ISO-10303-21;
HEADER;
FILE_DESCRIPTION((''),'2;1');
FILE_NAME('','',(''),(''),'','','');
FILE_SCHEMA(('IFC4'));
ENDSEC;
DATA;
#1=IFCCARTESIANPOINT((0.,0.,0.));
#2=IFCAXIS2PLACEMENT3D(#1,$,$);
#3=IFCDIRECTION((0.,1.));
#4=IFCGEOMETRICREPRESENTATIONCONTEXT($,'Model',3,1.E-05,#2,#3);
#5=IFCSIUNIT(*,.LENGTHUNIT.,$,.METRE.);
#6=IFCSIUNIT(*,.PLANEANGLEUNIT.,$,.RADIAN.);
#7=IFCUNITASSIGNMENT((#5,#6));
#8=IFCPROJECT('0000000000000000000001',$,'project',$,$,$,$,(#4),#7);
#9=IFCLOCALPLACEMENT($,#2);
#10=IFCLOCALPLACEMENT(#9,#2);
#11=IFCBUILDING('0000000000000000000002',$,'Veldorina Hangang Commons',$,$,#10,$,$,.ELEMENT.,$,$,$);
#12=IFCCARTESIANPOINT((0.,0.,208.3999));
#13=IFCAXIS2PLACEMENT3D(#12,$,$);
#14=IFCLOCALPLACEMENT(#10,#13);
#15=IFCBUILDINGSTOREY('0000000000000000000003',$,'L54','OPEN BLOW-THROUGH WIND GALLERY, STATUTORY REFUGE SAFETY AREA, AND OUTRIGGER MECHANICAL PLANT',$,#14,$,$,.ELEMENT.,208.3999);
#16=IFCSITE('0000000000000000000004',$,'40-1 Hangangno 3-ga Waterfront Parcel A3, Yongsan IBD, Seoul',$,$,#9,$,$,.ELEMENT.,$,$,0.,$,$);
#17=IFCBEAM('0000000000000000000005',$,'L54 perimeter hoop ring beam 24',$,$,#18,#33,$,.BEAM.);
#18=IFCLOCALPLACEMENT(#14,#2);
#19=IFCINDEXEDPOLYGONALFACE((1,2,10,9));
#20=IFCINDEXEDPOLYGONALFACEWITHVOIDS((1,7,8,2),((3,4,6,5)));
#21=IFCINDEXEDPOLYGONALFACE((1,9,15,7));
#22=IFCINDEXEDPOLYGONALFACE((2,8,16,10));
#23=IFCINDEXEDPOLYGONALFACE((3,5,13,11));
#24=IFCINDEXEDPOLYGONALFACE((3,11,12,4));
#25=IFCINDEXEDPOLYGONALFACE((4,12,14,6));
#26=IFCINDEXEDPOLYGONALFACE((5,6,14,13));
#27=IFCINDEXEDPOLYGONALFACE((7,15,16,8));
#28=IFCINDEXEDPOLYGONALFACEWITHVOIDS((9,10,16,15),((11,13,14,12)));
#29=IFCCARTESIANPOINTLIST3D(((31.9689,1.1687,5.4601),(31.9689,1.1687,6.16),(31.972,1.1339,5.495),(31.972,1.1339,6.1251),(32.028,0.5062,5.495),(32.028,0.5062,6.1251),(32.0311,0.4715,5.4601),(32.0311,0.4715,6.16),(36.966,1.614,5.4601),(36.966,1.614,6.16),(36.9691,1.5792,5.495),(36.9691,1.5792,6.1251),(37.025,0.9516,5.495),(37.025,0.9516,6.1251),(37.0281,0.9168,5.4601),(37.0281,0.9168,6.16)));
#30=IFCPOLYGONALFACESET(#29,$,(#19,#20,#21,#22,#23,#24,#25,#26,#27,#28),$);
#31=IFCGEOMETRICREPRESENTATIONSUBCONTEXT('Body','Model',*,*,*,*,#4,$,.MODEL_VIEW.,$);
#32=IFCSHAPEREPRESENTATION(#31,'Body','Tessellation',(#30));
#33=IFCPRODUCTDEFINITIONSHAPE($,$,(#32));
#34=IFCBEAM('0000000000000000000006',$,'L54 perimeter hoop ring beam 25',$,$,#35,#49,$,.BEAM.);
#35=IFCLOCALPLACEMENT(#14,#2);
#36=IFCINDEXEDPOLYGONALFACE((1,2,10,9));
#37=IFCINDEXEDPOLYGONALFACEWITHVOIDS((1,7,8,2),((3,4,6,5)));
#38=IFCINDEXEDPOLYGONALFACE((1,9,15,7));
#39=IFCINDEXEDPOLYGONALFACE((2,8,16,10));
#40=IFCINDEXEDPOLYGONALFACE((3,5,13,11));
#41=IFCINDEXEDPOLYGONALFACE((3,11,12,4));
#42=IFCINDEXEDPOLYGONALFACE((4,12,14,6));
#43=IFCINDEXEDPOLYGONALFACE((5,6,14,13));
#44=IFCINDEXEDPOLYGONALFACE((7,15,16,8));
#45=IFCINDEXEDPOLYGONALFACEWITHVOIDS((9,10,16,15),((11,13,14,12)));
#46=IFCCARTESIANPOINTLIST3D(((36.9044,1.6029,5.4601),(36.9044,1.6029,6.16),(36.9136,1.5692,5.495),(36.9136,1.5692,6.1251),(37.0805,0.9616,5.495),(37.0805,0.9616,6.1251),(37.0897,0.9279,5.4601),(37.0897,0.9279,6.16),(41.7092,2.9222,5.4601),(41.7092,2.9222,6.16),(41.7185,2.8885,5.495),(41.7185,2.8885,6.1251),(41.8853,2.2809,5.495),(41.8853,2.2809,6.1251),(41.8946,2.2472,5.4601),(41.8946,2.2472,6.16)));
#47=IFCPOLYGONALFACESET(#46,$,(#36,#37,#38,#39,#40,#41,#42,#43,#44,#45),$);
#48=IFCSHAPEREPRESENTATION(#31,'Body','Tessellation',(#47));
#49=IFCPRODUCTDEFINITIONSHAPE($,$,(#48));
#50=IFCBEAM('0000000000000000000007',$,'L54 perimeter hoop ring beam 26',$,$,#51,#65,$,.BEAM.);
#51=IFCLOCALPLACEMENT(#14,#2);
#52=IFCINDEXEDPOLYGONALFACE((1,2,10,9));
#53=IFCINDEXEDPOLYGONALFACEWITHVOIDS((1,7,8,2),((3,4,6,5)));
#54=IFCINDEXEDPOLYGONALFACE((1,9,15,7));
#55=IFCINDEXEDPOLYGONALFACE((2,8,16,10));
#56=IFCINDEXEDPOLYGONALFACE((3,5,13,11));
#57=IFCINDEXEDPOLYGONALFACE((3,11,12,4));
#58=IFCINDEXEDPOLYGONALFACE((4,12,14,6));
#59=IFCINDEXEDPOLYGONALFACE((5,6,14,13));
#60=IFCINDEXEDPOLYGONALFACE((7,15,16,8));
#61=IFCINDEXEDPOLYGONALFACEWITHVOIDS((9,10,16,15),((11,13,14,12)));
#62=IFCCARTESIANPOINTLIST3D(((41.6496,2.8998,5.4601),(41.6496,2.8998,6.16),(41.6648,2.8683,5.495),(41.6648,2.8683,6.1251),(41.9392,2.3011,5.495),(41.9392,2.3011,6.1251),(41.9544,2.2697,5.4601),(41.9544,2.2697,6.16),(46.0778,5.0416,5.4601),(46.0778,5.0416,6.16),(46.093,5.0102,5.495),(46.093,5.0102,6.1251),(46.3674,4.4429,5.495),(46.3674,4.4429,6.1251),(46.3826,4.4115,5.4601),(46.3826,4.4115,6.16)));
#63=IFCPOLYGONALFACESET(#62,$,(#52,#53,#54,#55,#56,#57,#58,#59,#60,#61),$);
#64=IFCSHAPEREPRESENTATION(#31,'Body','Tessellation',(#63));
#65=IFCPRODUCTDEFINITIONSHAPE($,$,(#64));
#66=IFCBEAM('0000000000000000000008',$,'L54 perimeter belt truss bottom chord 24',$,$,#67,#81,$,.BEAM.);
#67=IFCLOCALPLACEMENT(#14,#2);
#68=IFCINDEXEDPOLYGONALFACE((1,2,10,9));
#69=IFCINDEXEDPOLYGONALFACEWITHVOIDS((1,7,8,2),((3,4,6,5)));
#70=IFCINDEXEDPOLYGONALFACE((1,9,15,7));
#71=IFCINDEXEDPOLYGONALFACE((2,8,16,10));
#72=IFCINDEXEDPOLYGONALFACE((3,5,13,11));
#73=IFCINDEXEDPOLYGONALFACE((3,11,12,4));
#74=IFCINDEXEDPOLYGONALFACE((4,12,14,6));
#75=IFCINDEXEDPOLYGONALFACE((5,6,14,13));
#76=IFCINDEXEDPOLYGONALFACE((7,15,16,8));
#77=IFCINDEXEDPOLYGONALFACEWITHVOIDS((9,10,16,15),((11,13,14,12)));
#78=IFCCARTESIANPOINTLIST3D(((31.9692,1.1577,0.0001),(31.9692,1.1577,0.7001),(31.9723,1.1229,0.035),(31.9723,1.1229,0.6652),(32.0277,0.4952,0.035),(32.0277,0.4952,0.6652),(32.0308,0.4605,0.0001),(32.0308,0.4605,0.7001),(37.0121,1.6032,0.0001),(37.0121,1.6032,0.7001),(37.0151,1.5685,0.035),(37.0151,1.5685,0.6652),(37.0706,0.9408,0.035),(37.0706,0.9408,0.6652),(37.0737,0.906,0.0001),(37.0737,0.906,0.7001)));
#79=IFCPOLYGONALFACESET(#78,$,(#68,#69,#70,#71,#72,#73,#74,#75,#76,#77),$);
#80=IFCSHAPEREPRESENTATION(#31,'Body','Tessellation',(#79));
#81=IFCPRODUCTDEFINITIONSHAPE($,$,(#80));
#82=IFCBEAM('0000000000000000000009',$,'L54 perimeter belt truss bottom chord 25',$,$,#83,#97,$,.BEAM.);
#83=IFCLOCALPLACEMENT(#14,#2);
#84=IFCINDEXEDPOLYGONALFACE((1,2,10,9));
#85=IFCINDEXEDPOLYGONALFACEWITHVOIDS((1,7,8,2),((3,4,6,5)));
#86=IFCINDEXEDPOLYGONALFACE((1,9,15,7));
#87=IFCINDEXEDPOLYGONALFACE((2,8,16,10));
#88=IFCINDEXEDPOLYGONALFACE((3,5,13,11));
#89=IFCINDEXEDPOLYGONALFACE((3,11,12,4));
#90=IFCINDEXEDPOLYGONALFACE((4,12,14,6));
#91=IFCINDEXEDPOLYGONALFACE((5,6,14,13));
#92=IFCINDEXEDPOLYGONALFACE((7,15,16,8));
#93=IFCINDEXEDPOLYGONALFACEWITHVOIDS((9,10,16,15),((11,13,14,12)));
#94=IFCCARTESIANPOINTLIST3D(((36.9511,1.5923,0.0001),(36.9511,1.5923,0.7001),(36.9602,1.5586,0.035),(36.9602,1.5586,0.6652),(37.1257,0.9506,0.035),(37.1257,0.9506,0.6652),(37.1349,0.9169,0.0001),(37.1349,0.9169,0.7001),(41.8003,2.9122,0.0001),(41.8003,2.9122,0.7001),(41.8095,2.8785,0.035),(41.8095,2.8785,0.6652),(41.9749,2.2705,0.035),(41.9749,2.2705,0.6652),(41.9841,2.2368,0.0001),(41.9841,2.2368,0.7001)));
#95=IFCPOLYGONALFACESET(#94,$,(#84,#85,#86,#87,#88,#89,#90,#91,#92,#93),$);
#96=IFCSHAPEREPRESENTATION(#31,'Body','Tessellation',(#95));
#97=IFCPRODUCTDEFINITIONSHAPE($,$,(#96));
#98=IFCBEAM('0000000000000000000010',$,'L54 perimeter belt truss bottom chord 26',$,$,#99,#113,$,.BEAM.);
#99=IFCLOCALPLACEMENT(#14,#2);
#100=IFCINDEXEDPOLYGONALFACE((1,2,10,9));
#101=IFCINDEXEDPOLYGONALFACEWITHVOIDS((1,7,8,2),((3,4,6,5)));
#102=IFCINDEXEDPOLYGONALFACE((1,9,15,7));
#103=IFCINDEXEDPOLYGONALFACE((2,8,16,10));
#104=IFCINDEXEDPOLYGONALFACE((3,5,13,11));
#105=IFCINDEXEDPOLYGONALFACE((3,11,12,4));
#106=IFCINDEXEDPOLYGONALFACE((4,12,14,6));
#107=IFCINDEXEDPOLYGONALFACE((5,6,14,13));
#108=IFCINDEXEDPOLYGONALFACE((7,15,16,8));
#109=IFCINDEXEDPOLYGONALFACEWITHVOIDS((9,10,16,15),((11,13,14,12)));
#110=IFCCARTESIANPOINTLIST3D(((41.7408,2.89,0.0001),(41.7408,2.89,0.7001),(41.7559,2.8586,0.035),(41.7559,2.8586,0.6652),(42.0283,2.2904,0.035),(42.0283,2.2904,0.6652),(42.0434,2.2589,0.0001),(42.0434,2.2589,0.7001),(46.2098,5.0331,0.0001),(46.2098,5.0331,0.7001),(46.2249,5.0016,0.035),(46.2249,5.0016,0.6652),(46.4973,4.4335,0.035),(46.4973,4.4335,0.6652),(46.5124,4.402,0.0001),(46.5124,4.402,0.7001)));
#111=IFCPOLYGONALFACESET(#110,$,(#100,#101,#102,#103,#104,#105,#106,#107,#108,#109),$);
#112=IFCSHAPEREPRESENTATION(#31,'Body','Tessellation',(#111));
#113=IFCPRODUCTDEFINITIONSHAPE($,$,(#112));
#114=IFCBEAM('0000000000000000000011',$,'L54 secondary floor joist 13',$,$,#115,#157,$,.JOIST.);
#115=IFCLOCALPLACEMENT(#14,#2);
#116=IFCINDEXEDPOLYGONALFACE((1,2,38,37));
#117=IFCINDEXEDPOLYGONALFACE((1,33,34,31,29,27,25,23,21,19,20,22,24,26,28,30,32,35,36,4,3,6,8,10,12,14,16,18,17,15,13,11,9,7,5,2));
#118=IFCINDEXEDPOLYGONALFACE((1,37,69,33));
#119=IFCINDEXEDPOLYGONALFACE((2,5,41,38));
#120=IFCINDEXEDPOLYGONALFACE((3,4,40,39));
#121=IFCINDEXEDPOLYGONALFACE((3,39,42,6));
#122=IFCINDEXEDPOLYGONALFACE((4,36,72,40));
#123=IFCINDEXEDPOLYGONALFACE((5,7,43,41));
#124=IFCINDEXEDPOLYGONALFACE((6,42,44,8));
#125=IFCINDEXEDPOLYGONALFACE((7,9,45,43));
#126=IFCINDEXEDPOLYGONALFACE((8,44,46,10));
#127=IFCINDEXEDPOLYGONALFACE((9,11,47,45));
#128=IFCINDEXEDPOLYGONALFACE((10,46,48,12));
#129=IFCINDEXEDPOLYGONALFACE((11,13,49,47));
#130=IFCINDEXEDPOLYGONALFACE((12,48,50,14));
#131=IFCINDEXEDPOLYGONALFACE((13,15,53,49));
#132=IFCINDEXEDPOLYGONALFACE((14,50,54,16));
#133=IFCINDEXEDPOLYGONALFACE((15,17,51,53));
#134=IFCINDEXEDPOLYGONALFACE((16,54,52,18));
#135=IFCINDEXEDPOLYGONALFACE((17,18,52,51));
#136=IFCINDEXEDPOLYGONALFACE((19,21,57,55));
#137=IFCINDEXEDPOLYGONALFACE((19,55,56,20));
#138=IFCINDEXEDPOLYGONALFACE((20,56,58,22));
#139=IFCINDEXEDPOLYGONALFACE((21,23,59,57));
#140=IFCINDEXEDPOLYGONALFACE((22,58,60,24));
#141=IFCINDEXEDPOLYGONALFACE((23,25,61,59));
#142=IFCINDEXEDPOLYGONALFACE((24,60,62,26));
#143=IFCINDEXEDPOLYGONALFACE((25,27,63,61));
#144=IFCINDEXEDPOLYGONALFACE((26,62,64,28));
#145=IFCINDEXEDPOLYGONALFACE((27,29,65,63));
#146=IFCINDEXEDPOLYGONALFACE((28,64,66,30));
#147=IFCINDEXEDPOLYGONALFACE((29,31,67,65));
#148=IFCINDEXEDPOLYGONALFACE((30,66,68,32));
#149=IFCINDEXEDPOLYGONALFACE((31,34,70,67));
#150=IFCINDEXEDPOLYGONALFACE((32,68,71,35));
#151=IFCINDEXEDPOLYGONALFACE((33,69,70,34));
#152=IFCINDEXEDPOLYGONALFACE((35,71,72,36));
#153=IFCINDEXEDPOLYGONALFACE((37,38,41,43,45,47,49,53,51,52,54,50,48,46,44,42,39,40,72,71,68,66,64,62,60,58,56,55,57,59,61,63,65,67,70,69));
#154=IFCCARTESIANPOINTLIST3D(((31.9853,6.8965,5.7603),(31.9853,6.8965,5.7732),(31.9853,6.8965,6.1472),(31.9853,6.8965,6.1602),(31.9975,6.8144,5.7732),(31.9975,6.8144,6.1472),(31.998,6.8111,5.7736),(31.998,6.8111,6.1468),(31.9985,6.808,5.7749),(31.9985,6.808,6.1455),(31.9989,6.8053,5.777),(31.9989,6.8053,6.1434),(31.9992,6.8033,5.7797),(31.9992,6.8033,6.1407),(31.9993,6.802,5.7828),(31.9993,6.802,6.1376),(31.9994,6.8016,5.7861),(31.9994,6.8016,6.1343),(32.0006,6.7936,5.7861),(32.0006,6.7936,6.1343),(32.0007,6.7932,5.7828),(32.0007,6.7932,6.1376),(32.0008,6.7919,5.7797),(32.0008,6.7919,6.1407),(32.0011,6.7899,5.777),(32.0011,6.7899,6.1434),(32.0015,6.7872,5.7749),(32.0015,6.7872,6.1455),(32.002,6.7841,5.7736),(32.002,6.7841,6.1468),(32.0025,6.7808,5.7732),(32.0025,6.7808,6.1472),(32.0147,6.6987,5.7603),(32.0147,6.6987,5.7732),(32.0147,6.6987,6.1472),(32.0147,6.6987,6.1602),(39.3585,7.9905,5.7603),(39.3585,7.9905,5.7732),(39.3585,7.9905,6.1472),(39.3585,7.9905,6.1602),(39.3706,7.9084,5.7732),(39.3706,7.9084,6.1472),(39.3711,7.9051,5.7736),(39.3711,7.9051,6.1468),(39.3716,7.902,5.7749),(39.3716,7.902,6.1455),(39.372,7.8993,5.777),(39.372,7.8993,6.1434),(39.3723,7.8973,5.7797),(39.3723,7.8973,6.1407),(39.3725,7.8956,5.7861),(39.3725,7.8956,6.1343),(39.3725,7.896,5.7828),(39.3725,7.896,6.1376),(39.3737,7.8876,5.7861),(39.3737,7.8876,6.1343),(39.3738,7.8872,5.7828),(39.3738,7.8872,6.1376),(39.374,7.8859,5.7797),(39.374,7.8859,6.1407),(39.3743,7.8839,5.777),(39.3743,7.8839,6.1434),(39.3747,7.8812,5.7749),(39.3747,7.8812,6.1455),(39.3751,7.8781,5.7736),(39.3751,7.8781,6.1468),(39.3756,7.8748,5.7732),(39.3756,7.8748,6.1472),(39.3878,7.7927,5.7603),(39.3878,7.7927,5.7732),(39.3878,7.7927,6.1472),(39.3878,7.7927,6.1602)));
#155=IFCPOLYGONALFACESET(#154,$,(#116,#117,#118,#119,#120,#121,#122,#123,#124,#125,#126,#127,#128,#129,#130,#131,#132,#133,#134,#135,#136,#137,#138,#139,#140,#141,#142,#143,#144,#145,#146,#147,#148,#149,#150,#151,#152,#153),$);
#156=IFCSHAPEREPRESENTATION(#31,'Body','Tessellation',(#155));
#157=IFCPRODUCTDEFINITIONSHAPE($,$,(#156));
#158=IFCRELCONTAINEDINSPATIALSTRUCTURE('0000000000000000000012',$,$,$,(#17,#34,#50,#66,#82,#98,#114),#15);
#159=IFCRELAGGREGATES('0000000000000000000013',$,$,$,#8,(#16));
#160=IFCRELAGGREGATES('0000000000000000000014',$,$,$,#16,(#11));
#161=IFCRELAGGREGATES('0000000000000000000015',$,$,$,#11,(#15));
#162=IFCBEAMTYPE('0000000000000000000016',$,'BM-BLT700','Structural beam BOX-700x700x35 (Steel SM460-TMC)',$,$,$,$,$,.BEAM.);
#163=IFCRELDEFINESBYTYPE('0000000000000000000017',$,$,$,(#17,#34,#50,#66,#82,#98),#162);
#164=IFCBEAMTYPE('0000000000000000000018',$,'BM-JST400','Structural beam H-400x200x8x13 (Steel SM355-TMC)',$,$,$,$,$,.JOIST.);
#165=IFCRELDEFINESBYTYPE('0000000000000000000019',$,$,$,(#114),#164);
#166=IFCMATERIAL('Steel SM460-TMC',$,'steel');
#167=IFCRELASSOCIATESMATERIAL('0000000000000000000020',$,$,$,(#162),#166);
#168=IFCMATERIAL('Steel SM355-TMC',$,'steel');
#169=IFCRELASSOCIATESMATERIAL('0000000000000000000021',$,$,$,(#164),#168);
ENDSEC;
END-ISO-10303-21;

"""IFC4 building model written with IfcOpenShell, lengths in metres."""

from ifc_helpers import new_model, si_unit, direction, frame, origin, origin_2d, place, context, subcontext, project, spatial, hollow_rectangle, i_section, extrude, material, material_profile, profile_set, type_object, element, save


model = new_model("IFC4")

# Units and contexts
model_context = context("Model", 3, precision=1e-05, world=origin(), true_north=direction((0.0, 1.0)))
body_context = subcontext(model_context, "Body", "Model", "MODEL_VIEW")
ifc_project = project(units=[si_unit("LENGTHUNIT", "METRE"), si_unit("PLANEANGLEUNIT", "RADIAN")], contexts=[model_context])

# Site, building, storey
site_placement = place(None, origin())
site = spatial("IfcSite", under=ifc_project, at=site_placement, Name="40-1 Hangangno 3-ga Waterfront Parcel A3, Yongsan IBD, Seoul", CompositionType="ELEMENT", RefElevation=0.0)
building_placement = place(site_placement, origin())
building = spatial("IfcBuilding", under=site, at=building_placement, Name="Veldorina Hangang Commons", CompositionType="ELEMENT")
storey_placement = place(building_placement, frame((0.0, 0.0, 208.3999)))
storey = spatial("IfcBuildingStorey", under=building, at=storey_placement, Name="L54", Description="OPEN BLOW-THROUGH WIND GALLERY, STATUTORY REFUGE SAFETY AREA, AND OUTRIGGER MECHANICAL PLANT", CompositionType="ELEMENT", Elevation=208.3999)

# Beams
ifc_material_1 = material(Name="Steel SM460-TMC", Category="steel")
ifc_material_profile_1 = material_profile(ifc_material_1, hollow_rectangle(XDim=0.7, YDim=0.7, WallThickness=0.0349, at=origin_2d()), Name="BOX-700x700x35")
ifc_profile_set_1 = profile_set([ifc_material_profile_1], Name="Steel SM460-TMC")
beam_type_1 = type_object("IfcBeamType", Name="BM-BLT700", Description="Structural beam BOX-700x700x35 (Steel SM460-TMC)", PredefinedType="BEAM", material=ifc_profile_set_1)
beam_1_placement = place(storey_placement, frame((32.0, 0.8201, 5.8101), z_axis=(0.996053, 0.088763, 0.0), x_axis=(-0.088763, 0.996053, 0.0)))
element("IfcBeam", 1, at=beam_1_placement, inside=storey, type_object=beam_type_1, Name="L54 perimeter hoop ring beam 24", PredefinedType="BEAM", context=body_context, shape_type="SweptSolid", body=[
    extrude(hollow_rectangle(XDim=0.7, YDim=0.7, WallThickness=0.0349, at=origin_2d()), origin(), (0.0, 0.0, 1.0), 5.0168),
])
beam_2_placement = place(storey_placement, frame((36.9971, 1.2654, 5.8101), z_axis=(0.964309, 0.26478, 0.0), x_axis=(-0.26478, 0.964309, 0.0)))
element("IfcBeam", 2, at=beam_2_placement, inside=storey, type_object=beam_type_1, Name="L54 perimeter hoop ring beam 25", PredefinedType="BEAM", context=body_context, shape_type="SweptSolid", body=[
    extrude(hollow_rectangle(XDim=0.7, YDim=0.7, WallThickness=0.0349, at=origin_2d()), origin(), (0.0, 0.0, 1.0), 4.9827),
])
beam_3_placement = place(storey_placement, frame((41.802, 2.5847, 5.8101), z_axis=(0.900226, 0.435422, 0.0), x_axis=(-0.435422, 0.900226, 0.0)))
element("IfcBeam", 3, at=beam_3_placement, inside=storey, type_object=beam_type_1, Name="L54 perimeter hoop ring beam 26", PredefinedType="BEAM", context=body_context, shape_type="SweptSolid", body=[
    extrude(hollow_rectangle(XDim=0.7, YDim=0.7, WallThickness=0.0349, at=origin_2d()), origin(), (0.0, 0.0, 1.0), 4.9189),
])
beam_4_placement = place(storey_placement, frame((32.0, 0.8091, 0.3501), z_axis=(0.99612, 0.088009, 0.0), x_axis=(-0.088009, 0.99612, 0.0)))
element("IfcBeam", 4, at=beam_4_placement, inside=storey, type_object=beam_type_1, Name="L54 perimeter belt truss bottom chord 24", PredefinedType="BEAM", context=body_context, shape_type="SweptSolid", body=[
    extrude(hollow_rectangle(XDim=0.7, YDim=0.7, WallThickness=0.0349, at=origin_2d()), origin(), (0.0, 0.0, 1.0), 5.0625),
])
beam_5_placement = place(storey_placement, frame((37.043, 1.2546, 0.3501), z_axis=(0.964898, 0.262624, 0.0), x_axis=(-0.262624, 0.964898, 0.0)))
element("IfcBeam", 5, at=beam_5_placement, inside=storey, type_object=beam_type_1, Name="L54 perimeter belt truss bottom chord 25", PredefinedType="BEAM", context=body_context, shape_type="SweptSolid", body=[
    extrude(hollow_rectangle(XDim=0.7, YDim=0.7, WallThickness=0.0349, at=origin_2d()), origin(), (0.0, 0.0, 1.0), 5.0256),
])
beam_6_placement = place(storey_placement, frame((41.8921, 2.5745, 0.3501), z_axis=(0.901684, 0.432395, 0.0), x_axis=(-0.432395, 0.901684, 0.0)))
element("IfcBeam", 6, at=beam_6_placement, inside=storey, type_object=beam_type_1, Name="L54 perimeter belt truss bottom chord 26", PredefinedType="BEAM", context=body_context, shape_type="SweptSolid", body=[
    extrude(hollow_rectangle(XDim=0.7, YDim=0.7, WallThickness=0.0349, at=origin_2d()), origin(), (0.0, 0.0, 1.0), 4.9563),
])
ifc_material_2 = material(Name="Steel SM355-TMC", Category="steel")
ifc_material_profile_2 = material_profile(ifc_material_2, i_section(OverallWidth=0.2, OverallDepth=0.3999, WebThickness=0.0081, FlangeThickness=0.0129, FilletRadius=0.0129, at=origin_2d()), Name="H-400x200x8x13")
ifc_profile_set_2 = profile_set([ifc_material_profile_2], Name="Steel SM355-TMC")
beam_type_2 = type_object("IfcBeamType", Name="BM-JST400", Description="Structural beam H-400x200x8x13 (Steel SM355-TMC)", PredefinedType="JOIST", material=ifc_profile_set_2)
beam_7_placement = place(storey_placement, frame((32.0, 6.7976, 5.9602), z_axis=(0.989171, 0.146771, 0.0), x_axis=(-0.146771, 0.989171, 0.0)))
element("IfcBeam", 7, at=beam_7_placement, inside=storey, type_object=beam_type_2, Name="L54 secondary floor joist 13", PredefinedType="JOIST", context=body_context, shape_type="SweptSolid", body=[
    extrude(i_section(OverallWidth=0.2, OverallDepth=0.3999, WebThickness=0.0081, FlangeThickness=0.0129, FilletRadius=0.0129, at=origin_2d()), origin(), (0.0, 0.0, 1.0), 7.4539),
])

save(model, "model.ifc")
